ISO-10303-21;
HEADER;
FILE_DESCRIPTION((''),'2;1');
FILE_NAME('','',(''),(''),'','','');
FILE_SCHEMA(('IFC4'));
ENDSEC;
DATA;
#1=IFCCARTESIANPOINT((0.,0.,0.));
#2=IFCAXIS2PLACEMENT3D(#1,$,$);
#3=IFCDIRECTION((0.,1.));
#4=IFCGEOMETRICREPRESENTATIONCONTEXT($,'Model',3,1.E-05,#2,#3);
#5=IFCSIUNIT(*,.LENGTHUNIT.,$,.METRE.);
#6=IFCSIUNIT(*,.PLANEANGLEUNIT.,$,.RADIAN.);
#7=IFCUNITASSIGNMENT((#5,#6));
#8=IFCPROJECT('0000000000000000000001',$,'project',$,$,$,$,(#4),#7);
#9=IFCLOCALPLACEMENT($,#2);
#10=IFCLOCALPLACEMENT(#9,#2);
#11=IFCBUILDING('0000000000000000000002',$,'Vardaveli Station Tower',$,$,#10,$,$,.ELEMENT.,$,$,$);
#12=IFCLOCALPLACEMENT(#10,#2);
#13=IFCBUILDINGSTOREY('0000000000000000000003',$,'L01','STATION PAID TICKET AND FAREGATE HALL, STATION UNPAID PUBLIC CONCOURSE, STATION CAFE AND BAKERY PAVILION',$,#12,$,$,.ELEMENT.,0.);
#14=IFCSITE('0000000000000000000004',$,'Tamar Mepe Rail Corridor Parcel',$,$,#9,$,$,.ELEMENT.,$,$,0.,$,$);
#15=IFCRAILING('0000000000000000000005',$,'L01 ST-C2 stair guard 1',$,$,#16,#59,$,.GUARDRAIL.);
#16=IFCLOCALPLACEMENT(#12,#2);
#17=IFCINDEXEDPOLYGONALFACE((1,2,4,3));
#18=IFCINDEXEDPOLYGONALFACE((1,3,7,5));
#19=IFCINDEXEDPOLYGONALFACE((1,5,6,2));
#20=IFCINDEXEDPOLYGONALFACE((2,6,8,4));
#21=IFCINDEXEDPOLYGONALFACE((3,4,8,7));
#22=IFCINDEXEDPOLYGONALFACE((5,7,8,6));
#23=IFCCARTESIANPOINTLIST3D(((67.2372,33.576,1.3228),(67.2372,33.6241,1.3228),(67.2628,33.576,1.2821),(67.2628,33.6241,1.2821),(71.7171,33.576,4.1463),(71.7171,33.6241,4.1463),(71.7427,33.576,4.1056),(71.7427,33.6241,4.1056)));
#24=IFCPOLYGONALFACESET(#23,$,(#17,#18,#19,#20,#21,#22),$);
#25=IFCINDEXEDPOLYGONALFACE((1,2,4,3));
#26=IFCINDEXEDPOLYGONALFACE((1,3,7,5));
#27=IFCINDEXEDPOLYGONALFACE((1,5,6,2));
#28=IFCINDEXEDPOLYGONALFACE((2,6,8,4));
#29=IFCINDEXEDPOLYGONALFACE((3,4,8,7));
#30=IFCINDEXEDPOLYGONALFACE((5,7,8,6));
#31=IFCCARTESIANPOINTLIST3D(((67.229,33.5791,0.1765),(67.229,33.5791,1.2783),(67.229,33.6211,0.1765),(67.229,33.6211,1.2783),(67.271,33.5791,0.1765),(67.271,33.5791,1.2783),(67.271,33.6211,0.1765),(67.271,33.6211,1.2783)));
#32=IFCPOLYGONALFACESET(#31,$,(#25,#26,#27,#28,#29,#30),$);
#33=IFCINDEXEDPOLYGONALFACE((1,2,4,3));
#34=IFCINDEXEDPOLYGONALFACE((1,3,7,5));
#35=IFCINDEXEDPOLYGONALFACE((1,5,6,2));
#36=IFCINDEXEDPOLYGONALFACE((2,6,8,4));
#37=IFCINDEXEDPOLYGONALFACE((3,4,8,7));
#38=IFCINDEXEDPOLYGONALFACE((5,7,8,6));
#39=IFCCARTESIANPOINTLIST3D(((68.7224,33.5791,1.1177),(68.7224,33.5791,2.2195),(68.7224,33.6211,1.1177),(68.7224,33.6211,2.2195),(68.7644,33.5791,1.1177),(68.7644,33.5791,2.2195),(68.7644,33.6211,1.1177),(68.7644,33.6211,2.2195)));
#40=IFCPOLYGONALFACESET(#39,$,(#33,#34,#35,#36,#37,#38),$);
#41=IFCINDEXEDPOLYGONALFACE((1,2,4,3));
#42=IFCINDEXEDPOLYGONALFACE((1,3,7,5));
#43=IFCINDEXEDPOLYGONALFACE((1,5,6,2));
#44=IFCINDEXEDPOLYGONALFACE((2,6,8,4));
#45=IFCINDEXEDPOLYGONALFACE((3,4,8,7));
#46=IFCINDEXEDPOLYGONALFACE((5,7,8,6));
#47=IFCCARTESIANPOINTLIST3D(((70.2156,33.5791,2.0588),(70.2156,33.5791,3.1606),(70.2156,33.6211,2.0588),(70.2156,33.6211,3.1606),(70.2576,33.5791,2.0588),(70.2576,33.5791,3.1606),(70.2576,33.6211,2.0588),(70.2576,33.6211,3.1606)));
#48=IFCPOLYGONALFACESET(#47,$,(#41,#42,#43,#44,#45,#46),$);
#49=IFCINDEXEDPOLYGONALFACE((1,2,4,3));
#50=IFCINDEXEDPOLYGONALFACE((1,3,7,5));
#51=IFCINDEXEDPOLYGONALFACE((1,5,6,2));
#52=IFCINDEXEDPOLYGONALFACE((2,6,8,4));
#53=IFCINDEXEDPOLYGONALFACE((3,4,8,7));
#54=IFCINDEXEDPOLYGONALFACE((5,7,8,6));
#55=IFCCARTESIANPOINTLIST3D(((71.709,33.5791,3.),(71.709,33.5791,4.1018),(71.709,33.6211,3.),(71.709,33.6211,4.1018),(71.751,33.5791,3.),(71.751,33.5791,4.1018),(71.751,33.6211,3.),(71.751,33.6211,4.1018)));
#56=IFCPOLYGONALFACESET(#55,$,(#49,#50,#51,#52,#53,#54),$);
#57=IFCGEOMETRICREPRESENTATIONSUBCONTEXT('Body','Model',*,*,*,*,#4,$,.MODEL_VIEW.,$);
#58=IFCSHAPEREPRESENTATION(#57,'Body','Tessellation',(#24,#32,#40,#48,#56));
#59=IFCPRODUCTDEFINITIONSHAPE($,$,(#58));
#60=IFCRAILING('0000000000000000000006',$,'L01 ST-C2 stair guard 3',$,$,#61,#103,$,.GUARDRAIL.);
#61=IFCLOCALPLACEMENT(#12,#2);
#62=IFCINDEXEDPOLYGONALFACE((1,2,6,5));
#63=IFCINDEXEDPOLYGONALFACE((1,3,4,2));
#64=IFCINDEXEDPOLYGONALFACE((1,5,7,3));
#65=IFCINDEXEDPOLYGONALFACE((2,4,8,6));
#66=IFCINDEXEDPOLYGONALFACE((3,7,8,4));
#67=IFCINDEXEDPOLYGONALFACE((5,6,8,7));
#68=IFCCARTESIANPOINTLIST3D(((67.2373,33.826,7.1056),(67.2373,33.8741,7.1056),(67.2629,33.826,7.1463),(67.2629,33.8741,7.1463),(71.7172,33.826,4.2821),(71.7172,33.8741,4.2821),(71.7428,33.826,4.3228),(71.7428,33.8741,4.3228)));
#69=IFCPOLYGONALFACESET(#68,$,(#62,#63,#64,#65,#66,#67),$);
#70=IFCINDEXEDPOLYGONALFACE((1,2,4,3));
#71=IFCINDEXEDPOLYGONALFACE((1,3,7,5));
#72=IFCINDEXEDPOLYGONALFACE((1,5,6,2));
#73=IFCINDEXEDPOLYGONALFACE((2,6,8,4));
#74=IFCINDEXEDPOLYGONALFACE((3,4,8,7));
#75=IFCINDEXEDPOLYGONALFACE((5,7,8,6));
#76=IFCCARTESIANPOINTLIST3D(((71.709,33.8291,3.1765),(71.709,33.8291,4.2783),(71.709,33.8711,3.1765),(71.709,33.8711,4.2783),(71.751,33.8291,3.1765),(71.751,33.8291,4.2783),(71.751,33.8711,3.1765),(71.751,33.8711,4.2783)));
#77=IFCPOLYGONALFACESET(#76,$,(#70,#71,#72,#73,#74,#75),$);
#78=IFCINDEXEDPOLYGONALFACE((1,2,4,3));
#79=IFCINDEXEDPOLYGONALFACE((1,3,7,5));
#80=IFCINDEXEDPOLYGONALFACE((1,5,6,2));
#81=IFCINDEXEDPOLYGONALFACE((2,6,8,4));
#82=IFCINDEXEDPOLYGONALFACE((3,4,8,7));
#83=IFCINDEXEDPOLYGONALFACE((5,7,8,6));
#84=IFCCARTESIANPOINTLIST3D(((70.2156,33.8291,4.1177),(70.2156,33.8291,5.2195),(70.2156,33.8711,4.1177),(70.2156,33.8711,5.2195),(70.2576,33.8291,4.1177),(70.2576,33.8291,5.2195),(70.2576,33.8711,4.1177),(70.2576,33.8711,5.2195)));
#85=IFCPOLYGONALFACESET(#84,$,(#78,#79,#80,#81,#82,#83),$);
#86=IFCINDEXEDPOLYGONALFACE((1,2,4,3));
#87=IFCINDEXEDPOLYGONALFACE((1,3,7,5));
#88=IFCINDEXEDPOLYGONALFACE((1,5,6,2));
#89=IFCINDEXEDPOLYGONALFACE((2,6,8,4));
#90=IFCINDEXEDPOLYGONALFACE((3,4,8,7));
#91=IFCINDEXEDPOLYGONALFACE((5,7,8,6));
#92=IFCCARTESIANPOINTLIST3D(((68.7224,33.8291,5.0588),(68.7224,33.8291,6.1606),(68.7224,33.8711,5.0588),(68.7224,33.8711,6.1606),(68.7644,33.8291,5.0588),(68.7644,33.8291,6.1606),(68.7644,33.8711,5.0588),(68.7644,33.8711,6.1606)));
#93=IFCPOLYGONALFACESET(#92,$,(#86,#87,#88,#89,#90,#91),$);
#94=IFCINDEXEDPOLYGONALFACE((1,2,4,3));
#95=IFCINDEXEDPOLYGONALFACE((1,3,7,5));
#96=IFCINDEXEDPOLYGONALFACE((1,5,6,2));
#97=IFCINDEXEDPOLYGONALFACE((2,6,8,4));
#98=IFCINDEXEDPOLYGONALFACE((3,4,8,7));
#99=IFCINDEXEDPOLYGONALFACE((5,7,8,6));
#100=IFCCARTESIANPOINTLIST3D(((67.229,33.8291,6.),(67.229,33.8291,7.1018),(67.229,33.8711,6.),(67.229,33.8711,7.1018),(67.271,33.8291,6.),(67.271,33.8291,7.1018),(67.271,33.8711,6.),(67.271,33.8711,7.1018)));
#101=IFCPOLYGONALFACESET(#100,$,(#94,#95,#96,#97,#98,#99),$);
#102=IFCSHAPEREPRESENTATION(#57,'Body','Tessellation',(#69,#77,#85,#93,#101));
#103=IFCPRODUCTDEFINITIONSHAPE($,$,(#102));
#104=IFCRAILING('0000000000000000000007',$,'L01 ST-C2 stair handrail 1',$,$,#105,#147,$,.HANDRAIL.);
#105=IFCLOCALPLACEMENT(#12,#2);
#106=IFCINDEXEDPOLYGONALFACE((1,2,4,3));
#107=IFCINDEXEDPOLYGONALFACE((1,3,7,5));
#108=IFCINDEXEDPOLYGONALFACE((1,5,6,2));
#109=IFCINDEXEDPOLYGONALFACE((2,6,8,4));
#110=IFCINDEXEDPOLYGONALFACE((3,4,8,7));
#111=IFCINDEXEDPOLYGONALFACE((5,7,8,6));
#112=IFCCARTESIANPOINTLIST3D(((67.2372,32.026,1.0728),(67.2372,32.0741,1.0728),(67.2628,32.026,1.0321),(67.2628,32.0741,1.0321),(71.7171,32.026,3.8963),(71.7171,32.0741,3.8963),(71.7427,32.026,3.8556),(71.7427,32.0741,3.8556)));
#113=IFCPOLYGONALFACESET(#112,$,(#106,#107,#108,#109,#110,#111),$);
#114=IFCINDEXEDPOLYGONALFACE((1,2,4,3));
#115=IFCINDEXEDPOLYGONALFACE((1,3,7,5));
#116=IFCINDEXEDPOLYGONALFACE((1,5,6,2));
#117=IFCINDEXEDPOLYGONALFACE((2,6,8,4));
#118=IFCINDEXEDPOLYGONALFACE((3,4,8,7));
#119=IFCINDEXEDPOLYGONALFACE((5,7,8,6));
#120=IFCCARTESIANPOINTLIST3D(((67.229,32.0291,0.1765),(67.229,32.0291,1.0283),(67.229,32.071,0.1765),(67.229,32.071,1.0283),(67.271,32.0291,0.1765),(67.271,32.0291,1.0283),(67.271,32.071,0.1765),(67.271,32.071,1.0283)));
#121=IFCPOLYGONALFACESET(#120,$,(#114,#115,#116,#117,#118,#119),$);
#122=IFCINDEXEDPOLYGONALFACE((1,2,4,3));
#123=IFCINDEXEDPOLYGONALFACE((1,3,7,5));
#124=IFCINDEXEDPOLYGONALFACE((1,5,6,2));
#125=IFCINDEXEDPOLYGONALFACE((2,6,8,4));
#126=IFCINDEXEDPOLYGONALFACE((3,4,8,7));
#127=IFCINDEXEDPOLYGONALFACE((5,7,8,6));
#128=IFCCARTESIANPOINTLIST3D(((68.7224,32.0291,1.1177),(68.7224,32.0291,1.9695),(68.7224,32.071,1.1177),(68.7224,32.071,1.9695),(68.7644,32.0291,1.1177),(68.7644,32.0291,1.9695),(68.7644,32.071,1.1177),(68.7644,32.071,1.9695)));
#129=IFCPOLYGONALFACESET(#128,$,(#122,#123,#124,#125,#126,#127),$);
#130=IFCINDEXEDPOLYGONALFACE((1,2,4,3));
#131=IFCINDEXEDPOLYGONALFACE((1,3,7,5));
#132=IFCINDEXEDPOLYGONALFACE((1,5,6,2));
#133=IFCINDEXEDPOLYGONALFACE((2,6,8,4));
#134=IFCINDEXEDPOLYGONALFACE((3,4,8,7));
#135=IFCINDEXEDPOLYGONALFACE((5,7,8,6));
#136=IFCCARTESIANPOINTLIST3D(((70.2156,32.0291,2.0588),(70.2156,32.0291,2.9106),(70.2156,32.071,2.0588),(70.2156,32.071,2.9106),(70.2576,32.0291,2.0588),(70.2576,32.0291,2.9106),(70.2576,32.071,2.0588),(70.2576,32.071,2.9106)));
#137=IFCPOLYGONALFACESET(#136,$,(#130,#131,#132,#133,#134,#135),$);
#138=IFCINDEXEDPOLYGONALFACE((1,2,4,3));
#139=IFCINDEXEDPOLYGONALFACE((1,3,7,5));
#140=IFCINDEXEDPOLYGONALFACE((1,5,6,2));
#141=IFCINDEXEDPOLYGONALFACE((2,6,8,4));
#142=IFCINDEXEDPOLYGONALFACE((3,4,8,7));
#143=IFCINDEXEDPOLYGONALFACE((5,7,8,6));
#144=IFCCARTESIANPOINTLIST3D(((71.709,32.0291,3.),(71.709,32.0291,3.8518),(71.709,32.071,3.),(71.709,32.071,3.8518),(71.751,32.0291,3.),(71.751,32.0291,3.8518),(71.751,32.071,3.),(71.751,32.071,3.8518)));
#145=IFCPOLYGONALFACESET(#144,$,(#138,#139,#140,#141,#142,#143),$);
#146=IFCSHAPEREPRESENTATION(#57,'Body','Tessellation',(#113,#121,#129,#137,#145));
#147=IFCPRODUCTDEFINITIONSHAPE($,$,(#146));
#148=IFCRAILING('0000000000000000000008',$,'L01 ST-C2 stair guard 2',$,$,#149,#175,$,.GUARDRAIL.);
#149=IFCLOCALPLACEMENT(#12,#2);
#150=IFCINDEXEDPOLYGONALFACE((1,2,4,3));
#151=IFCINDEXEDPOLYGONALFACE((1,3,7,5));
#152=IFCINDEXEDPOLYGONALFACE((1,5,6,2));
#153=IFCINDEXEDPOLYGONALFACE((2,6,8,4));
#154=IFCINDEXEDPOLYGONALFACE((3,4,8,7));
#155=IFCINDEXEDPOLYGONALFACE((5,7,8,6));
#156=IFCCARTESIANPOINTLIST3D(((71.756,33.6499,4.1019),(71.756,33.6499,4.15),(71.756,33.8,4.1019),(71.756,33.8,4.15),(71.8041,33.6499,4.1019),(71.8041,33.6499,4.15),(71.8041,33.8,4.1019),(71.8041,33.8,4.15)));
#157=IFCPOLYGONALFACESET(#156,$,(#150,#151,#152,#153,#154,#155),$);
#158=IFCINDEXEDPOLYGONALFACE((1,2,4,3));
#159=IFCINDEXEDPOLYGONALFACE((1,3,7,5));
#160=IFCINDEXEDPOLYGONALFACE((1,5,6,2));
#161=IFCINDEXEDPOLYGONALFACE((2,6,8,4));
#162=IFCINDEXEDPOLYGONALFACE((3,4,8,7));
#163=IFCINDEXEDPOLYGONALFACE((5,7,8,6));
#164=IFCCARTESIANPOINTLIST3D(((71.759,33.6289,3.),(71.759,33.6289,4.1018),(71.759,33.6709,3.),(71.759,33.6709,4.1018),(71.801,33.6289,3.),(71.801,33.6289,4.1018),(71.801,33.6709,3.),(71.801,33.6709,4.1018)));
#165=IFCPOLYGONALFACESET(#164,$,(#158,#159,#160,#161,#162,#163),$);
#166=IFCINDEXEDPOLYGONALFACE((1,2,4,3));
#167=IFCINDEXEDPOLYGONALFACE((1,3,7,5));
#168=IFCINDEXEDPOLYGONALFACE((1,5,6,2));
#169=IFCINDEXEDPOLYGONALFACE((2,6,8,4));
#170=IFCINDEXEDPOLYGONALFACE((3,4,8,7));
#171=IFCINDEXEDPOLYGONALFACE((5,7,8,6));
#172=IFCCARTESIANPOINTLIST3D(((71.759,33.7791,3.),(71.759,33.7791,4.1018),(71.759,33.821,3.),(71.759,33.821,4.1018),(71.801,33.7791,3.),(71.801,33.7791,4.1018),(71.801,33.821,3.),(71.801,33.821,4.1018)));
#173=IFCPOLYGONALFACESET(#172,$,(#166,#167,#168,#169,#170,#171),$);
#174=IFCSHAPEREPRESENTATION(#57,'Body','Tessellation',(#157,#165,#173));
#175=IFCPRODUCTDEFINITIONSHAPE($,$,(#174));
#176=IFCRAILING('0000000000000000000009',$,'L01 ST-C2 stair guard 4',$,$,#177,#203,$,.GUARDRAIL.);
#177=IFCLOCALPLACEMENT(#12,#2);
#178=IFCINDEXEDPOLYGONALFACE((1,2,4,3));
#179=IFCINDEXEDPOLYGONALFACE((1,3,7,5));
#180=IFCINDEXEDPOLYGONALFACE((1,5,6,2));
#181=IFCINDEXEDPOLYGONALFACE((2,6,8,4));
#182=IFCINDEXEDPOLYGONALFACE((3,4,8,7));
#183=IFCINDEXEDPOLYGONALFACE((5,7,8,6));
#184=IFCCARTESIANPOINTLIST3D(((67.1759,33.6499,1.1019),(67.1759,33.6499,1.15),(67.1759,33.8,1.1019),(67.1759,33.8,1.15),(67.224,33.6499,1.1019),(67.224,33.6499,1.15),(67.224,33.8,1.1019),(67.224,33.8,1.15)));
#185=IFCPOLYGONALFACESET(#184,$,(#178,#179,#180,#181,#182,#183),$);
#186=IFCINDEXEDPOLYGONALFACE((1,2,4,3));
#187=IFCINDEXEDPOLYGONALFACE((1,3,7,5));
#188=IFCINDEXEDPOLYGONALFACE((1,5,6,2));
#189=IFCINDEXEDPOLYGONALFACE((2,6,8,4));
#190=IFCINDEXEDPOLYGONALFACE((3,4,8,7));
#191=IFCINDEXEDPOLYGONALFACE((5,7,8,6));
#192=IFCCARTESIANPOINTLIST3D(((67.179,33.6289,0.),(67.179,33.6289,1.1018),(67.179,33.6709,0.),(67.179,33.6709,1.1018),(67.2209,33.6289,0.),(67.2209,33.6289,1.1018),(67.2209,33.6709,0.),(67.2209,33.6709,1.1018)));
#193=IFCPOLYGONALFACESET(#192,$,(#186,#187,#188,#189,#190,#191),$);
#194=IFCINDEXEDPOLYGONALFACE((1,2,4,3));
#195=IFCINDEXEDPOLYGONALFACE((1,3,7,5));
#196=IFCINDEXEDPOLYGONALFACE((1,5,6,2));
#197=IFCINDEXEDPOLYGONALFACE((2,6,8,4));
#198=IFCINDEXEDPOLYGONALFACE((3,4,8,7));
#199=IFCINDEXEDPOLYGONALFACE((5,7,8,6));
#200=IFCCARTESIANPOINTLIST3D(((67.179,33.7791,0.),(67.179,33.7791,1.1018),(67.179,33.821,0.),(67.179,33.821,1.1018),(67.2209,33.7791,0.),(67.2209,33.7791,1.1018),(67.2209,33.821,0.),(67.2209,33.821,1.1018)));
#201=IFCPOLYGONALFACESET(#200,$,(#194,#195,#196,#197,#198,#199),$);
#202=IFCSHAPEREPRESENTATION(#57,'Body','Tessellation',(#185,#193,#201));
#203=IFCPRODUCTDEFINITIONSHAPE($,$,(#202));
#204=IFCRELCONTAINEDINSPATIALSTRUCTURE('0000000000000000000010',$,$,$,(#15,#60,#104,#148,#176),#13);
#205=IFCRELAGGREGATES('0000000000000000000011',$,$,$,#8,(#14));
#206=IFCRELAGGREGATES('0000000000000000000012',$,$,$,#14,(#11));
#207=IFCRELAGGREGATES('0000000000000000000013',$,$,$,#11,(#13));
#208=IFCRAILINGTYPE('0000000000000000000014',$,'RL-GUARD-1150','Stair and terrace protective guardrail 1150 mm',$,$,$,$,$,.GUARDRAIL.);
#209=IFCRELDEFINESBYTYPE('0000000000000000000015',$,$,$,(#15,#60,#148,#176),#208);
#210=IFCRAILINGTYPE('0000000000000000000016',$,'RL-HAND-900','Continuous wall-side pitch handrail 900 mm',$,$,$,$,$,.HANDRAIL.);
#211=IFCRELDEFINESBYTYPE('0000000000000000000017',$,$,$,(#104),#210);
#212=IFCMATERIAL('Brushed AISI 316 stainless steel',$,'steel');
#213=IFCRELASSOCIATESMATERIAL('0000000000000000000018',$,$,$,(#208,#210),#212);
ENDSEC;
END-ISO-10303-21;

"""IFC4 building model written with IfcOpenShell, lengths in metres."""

from ifc_helpers import new_model, si_unit, direction, frame, origin, origin_2d, place, context, subcontext, project, spatial, rectangle, extrude, source, transform, mapped, material, type_object, element, save


model = new_model("IFC4")

# Units and contexts
model_context = context("Model", 3, precision=1e-05, world=origin(), true_north=direction((0.0, 1.0)))
body_context = subcontext(model_context, "Body", "Model", "MODEL_VIEW")
ifc_project = project(units=[si_unit("LENGTHUNIT", "METRE"), si_unit("PLANEANGLEUNIT", "RADIAN")], contexts=[model_context])

# Site, building, storey
site_placement = place(None, origin())
site = spatial("IfcSite", under=ifc_project, at=site_placement, Name="Tamar Mepe Rail Corridor Parcel", CompositionType="ELEMENT", RefElevation=0.0)
building_placement = place(site_placement, origin())
building = spatial("IfcBuilding", under=site, at=building_placement, Name="Vardaveli Station Tower", CompositionType="ELEMENT")
storey_placement = place(building_placement, origin())
storey = spatial("IfcBuildingStorey", under=building, at=storey_placement, Name="L01", Description="STATION PAID TICKET AND FAREGATE HALL, STATION UNPAID PUBLIC CONCOURSE, STATION CAFE AND BAKERY PAVILION", CompositionType="ELEMENT", Elevation=0.0)

# Railings
ifc_material_1 = material(Name="Brushed AISI 316 stainless steel", Category="steel")
railing_type_1 = type_object("IfcRailingType", Name="RL-GUARD-1150", Description="Stair and terrace protective guardrail 1150 mm", PredefinedType="GUARDRAIL", material=ifc_material_1)
shared_shape_1 = source(origin(), body_context, "Body", "SweptSolid", [
    extrude(rectangle(XDim=0.0481, YDim=0.0481, at=origin_2d()), frame((0.0, 0.0, 1.126), z_axis=(0.845998, 0.0, 0.533186), x_axis=(0.0, 1.0, 0.0)), (0.0, 0.0, 1.0), 5.2954),
    extrude(rectangle(XDim=0.042, YDim=0.042, at=origin_2d()), origin(), (0.0, 0.0, 1.0), 1.1018),
    extrude(rectangle(XDim=0.042, YDim=0.042, at=origin_2d()), frame((1.4934, 0.0, 0.9412)), (0.0, 0.0, 1.0), 1.1018),
    extrude(rectangle(XDim=0.042, YDim=0.042, at=origin_2d()), frame((2.9866, 0.0, 1.8823)), (0.0, 0.0, 1.0), 1.1018),
    extrude(rectangle(XDim=0.042, YDim=0.042, at=origin_2d()), frame((4.48, 0.0, 2.8235)), (0.0, 0.0, 1.0), 1.1018),
])
railing_1_placement = place(storey_placement, frame((67.25, 33.6001, 0.1765)))
element("IfcRailing", 1, at=railing_1_placement, inside=storey, type_object=railing_type_1, Name="L01 ST-C2 stair guard 1", PredefinedType="GUARDRAIL", context=body_context, shape_type="MappedRepresentation", body=[
    mapped(shared_shape_1, transform((0.0, 0.0, 0.0), scale=1.0)),
])
shared_shape_2 = source(origin(), body_context, "Body", "SweptSolid", [
    extrude(rectangle(XDim=0.0481, YDim=0.0481, at=origin_2d()), frame((0.0, 0.0, 1.126), z_axis=(-0.845998, 0.0, 0.533186), x_axis=(0.0, -1.0, 0.0)), (0.0, 0.0, 1.0), 5.2954),
    extrude(rectangle(XDim=0.042, YDim=0.042, at=origin_2d()), origin(), (0.0, 0.0, 1.0), 1.1018),
    extrude(rectangle(XDim=0.042, YDim=0.042, at=origin_2d()), frame((-1.4934, 0.0, 0.9412)), (0.0, 0.0, 1.0), 1.1018),
    extrude(rectangle(XDim=0.042, YDim=0.042, at=origin_2d()), frame((-2.9866, 0.0, 1.8823)), (0.0, 0.0, 1.0), 1.1018),
    extrude(rectangle(XDim=0.042, YDim=0.042, at=origin_2d()), frame((-4.48, 0.0, 2.8235)), (0.0, 0.0, 1.0), 1.1018),
])
railing_2_placement = place(storey_placement, frame((71.73, 33.8501, 3.1765)))
element("IfcRailing", 2, at=railing_2_placement, inside=storey, type_object=railing_type_1, Name="L01 ST-C2 stair guard 3", PredefinedType="GUARDRAIL", context=body_context, shape_type="MappedRepresentation", body=[
    mapped(shared_shape_2, transform((0.0, 0.0, 0.0), scale=1.0)),
])
railing_type_2 = type_object("IfcRailingType", Name="RL-HAND-900", Description="Continuous wall-side pitch handrail 900 mm", PredefinedType="HANDRAIL", material=ifc_material_1)
shared_shape_3 = source(origin(), body_context, "Body", "SweptSolid", [
    extrude(rectangle(XDim=0.0481, YDim=0.0481, at=origin_2d()), frame((0.0, 0.0, 0.876), z_axis=(0.845998, 0.0, 0.533186), x_axis=(0.0, 1.0, 0.0)), (0.0, 0.0, 1.0), 5.2954),
    extrude(rectangle(XDim=0.042, YDim=0.042, at=origin_2d()), origin(), (0.0, 0.0, 1.0), 0.8518),
    extrude(rectangle(XDim=0.042, YDim=0.042, at=origin_2d()), frame((1.4934, 0.0, 0.9412)), (0.0, 0.0, 1.0), 0.8518),
    extrude(rectangle(XDim=0.042, YDim=0.042, at=origin_2d()), frame((2.9866, 0.0, 1.8823)), (0.0, 0.0, 1.0), 0.8518),
    extrude(rectangle(XDim=0.042, YDim=0.042, at=origin_2d()), frame((4.48, 0.0, 2.8235)), (0.0, 0.0, 1.0), 0.8518),
])
railing_3_placement = place(storey_placement, frame((67.25, 32.05, 0.1765)))
element("IfcRailing", 3, at=railing_3_placement, inside=storey, type_object=railing_type_2, Name="L01 ST-C2 stair handrail 1", PredefinedType="HANDRAIL", context=body_context, shape_type="MappedRepresentation", body=[
    mapped(shared_shape_3, transform((0.0, 0.0, 0.0), scale=1.0)),
])
shared_shape_4 = source(origin(), body_context, "Body", "SweptSolid", [
    extrude(rectangle(XDim=0.0481, YDim=0.0481, at=origin_2d()), frame((0.0, 0.0, 1.126), z_axis=(0.0, 1.0, 0.0), x_axis=(-1.0, 0.0, 0.0)), (0.0, 0.0, 1.0), 0.1501),
    extrude(rectangle(XDim=0.042, YDim=0.042, at=origin_2d()), origin(), (0.0, 0.0, 1.0), 1.1018),
    extrude(rectangle(XDim=0.042, YDim=0.042, at=origin_2d()), frame((0.0, 0.1501, 0.0)), (0.0, 0.0, 1.0), 1.1018),
])
for number, where, name in (
    (4, (71.78, 33.6499, 3.0), "L01 ST-C2 stair guard 2"),
    (5, (67.2, 33.6499, 0.0), "L01 ST-C2 stair guard 4"),
):
    element("IfcRailing", number, at=place(storey_placement, frame(where)), inside=storey, type_object=railing_type_1, Name=name, PredefinedType="GUARDRAIL", context=body_context, shape_type="MappedRepresentation", body=[
        mapped(shared_shape_4, transform((0.0, 0.0, 0.0), scale=1.0)),
    ])

save(model, "model.ifc")
